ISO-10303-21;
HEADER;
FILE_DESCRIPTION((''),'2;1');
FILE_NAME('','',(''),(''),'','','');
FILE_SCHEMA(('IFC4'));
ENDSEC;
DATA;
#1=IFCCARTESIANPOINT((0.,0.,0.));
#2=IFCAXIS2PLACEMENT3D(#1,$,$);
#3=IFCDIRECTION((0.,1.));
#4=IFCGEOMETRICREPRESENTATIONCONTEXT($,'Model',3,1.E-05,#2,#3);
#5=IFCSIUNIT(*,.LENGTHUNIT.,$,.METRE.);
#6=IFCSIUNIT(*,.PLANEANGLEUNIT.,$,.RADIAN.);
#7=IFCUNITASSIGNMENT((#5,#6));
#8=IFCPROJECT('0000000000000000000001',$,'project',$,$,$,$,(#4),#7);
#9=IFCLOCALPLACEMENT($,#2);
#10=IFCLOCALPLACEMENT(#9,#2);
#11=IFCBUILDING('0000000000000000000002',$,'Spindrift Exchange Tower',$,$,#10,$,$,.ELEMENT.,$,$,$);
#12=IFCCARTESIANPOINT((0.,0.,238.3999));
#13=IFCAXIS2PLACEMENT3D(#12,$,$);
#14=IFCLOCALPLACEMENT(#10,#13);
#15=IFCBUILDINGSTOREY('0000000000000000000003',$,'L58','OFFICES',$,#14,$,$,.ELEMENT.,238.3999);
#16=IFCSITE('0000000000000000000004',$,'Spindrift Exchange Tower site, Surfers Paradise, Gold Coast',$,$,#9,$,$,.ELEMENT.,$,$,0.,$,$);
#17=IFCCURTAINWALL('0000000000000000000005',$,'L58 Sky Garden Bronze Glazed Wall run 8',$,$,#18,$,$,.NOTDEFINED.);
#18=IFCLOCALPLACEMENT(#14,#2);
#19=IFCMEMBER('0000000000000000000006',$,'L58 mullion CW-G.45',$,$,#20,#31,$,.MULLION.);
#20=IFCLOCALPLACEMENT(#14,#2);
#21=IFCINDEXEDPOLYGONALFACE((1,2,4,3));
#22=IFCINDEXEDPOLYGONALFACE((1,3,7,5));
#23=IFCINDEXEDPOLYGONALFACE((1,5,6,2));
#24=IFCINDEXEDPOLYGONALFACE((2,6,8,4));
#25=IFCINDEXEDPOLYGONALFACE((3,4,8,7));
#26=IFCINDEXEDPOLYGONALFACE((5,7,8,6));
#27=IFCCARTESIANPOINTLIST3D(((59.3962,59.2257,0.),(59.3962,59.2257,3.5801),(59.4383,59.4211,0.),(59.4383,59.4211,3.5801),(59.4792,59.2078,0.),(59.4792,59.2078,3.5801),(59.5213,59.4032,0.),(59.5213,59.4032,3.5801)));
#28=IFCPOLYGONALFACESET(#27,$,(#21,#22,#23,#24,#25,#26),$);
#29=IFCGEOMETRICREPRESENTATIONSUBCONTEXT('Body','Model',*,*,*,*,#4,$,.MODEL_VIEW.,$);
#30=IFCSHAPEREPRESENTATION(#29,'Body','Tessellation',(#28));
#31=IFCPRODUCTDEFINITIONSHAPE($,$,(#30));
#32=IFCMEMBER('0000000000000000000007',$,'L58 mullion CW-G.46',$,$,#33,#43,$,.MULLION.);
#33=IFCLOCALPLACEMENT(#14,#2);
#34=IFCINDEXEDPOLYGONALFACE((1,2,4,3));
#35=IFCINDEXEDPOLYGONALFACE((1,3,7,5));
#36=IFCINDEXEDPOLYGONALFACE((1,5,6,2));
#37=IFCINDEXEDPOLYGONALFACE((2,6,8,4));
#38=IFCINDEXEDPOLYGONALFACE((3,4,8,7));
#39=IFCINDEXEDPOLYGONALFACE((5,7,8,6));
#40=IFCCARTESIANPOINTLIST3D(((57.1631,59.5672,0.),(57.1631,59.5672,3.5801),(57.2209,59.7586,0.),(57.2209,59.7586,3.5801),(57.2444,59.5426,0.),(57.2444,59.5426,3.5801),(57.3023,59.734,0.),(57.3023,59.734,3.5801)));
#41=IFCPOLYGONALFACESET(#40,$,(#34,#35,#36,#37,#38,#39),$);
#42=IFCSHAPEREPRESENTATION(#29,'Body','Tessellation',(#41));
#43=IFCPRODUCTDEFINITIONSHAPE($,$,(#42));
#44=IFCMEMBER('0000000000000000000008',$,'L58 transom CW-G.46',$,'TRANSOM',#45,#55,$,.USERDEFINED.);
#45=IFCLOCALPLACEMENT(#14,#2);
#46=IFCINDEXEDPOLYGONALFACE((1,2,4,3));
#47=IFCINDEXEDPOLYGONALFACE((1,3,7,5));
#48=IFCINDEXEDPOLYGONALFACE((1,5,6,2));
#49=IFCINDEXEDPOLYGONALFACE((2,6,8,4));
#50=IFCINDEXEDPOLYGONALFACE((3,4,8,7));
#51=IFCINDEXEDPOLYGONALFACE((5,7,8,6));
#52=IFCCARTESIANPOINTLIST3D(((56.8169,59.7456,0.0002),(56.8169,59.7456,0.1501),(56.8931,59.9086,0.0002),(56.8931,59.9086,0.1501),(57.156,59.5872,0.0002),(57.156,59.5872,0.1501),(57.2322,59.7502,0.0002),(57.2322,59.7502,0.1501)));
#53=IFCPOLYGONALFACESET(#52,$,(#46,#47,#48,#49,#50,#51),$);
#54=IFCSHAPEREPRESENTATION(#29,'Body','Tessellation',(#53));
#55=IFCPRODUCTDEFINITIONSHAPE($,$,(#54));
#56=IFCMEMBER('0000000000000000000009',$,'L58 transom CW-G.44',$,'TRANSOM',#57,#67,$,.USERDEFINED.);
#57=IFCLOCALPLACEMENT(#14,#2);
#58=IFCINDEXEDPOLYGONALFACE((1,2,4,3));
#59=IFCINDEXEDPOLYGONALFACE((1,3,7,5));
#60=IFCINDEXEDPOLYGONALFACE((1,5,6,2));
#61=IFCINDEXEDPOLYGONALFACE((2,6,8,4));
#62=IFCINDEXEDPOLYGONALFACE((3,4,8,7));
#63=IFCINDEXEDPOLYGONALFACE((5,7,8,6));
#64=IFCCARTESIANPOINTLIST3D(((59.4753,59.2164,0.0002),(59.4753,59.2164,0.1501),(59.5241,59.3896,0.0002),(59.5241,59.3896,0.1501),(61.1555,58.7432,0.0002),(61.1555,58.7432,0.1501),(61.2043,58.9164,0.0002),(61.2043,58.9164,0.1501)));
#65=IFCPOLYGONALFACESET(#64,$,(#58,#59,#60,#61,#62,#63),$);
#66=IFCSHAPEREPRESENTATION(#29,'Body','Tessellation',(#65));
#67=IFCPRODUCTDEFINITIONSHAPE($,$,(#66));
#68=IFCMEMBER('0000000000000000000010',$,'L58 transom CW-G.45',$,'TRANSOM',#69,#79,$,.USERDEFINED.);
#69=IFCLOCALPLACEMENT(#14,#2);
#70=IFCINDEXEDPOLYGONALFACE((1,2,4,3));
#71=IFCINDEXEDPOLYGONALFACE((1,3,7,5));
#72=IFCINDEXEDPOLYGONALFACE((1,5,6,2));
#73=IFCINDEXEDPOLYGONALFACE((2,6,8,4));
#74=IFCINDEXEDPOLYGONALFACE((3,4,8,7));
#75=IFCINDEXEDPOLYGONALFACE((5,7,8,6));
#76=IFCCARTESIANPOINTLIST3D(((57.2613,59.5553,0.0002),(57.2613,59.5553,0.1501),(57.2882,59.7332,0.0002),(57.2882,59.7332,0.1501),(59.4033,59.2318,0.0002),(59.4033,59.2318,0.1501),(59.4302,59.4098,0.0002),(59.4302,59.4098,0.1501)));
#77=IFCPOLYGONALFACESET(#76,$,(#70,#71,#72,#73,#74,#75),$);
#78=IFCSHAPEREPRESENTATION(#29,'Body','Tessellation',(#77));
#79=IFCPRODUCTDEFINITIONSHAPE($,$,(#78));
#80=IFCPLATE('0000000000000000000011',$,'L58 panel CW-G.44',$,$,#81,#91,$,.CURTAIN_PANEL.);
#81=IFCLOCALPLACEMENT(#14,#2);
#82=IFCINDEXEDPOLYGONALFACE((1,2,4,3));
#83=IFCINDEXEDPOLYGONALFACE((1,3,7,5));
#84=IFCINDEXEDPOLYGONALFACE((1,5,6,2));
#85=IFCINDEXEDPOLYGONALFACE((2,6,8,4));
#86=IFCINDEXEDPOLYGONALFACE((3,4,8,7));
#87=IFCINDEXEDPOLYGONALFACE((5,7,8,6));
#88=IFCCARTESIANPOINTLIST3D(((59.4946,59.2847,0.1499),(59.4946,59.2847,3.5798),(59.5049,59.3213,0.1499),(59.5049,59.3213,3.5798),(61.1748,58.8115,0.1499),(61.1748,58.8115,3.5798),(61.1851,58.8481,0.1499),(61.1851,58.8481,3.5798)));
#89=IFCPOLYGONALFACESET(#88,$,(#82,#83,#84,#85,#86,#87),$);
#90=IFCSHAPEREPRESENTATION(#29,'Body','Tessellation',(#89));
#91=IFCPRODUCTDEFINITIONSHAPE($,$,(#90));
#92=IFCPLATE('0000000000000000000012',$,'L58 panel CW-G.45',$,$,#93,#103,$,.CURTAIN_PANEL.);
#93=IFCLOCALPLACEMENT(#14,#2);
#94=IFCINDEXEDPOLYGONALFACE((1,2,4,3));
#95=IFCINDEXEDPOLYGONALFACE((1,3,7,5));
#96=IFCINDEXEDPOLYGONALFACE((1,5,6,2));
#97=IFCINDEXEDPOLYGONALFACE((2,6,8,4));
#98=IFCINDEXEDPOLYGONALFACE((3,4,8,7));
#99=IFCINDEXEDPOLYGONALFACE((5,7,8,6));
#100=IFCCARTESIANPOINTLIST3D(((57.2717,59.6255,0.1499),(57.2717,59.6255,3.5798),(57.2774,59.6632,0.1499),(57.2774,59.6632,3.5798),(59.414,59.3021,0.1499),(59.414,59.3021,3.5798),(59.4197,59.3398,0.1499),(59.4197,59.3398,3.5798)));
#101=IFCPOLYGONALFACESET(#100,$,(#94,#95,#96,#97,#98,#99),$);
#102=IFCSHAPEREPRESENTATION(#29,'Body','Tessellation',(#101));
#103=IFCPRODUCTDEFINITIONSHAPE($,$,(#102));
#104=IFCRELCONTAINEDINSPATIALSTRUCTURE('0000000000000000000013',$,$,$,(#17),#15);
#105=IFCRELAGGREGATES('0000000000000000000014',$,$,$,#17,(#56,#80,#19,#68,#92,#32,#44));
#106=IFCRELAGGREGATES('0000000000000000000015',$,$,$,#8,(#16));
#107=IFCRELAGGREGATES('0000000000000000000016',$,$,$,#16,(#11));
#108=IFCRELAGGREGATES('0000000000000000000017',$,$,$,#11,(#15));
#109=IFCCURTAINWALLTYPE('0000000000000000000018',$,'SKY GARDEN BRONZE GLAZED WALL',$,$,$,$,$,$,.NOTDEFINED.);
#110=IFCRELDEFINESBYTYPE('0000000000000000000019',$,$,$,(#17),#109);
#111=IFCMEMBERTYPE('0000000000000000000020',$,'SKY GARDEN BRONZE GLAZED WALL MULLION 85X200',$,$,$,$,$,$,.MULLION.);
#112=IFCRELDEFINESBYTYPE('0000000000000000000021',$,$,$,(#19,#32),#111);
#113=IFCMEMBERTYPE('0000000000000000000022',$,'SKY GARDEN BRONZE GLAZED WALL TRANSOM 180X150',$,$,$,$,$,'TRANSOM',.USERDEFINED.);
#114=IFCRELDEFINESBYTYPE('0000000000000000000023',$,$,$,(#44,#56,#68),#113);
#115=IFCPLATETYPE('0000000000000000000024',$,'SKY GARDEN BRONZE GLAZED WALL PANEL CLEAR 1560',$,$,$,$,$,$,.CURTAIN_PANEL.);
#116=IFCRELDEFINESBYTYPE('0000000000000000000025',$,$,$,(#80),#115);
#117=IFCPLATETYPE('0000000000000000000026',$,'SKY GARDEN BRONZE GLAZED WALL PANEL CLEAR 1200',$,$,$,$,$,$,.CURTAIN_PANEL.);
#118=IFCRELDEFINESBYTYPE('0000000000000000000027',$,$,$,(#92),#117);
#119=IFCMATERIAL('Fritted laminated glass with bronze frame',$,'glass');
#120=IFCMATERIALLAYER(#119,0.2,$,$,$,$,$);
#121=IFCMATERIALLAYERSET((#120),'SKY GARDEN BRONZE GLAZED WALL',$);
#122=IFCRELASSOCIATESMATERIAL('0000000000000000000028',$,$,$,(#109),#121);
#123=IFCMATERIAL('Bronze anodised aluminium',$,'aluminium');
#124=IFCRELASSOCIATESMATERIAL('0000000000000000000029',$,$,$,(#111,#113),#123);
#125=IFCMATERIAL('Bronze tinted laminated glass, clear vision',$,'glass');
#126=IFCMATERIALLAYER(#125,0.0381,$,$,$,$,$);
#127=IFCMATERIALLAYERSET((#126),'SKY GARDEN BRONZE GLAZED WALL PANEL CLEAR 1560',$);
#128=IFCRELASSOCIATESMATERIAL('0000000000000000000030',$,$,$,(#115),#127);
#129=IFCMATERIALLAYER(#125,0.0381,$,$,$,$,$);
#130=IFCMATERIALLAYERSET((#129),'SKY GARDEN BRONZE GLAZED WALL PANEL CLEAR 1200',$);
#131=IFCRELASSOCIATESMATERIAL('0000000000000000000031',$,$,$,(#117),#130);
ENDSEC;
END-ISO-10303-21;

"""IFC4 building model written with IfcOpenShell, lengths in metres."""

from ifc_helpers import new_model, si_unit, direction, frame, origin, origin_2d, place, context, subcontext, project, spatial, rectangle, extrude, source, transform, mapped, material, layer, layer_set, material_profile, profile_set, type_object, element, aggregate, save


model = new_model("IFC4")

# Units and contexts
model_context = context("Model", 3, precision=1e-05, world=origin(), true_north=direction((0.0, 1.0)))
body_context = subcontext(model_context, "Body", "Model", "MODEL_VIEW")
ifc_project = project(units=[si_unit("LENGTHUNIT", "METRE"), si_unit("PLANEANGLEUNIT", "RADIAN")], contexts=[model_context])

# Site, building, storey
site_placement = place(None, origin())
site = spatial("IfcSite", under=ifc_project, at=site_placement, Name="Spindrift Exchange Tower site, Surfers Paradise, Gold Coast", CompositionType="ELEMENT", RefElevation=0.0)
building_placement = place(site_placement, origin())
building = spatial("IfcBuilding", under=site, at=building_placement, Name="Spindrift Exchange Tower", CompositionType="ELEMENT")
storey_placement = place(building_placement, frame((0.0, 0.0, 238.3999)))
storey = spatial("IfcBuildingStorey", under=building, at=storey_placement, Name="L58", Description="OFFICES", CompositionType="ELEMENT", Elevation=238.3999)

# Curtain wall, members, plates
ifc_material_1 = material(Name="Fritted laminated glass with bronze frame", Category="glass")
ifc_layer_1 = layer(ifc_material_1, 0.2)
ifc_layer_set_1 = layer_set([ifc_layer_1], Name="SKY GARDEN BRONZE GLAZED WALL")
curtain_wall_type = type_object("IfcCurtainWallType", Name="SKY GARDEN BRONZE GLAZED WALL", PredefinedType="NOTDEFINED", material=ifc_layer_set_1)
curtain_wall_placement = place(storey_placement, origin())
curtain_wall = element("IfcCurtainWall", 1, at=curtain_wall_placement, inside=storey, type_object=curtain_wall_type, Name="L58 Sky Garden Bronze Glazed Wall run 8", PredefinedType="NOTDEFINED")
ifc_material_2 = material(Name="Bronze anodised aluminium", Category="aluminium")
ifc_material_profile_1 = material_profile(ifc_material_2, rectangle(XDim=0.085, YDim=0.2, at=origin_2d()), Name="SKY GARDEN BRONZE GLAZED WALL MULLION 85X200")
ifc_profile_set_1 = profile_set([ifc_material_profile_1], Name="Bronze anodised aluminium")
member_type_1 = type_object("IfcMemberType", Name="SKY GARDEN BRONZE GLAZED WALL MULLION 85X200", PredefinedType="MULLION", material=ifc_profile_set_1)
shared_shape_1 = source(origin(), body_context, "Body", "SweptSolid", [
    extrude(rectangle(XDim=0.085, YDim=0.2, at=origin_2d()), origin(), (0.0, 0.0, 1.0), 3.5801),
])
member_1_placement = place(storey_placement, frame((59.4587, 59.3145, 0.0), z_axis=(0.0, 0.0, 1.0), x_axis=(-0.977576, 0.210585, 0.0)))
member_1 = element("IfcMember", 2, at=member_1_placement, type_object=member_type_1, Name="L58 mullion CW-G.45", PredefinedType="MULLION", context=body_context, shape_type="MappedRepresentation", body=[
    mapped(shared_shape_1, transform((0.0, 0.0, 0.0), scale=1.0)),
])
member_2_placement = place(storey_placement, frame((57.2327, 59.6506, 0.0), z_axis=(0.0, 0.0, 1.0), x_axis=(-0.957236, 0.289309, 0.0)))
member_2 = element("IfcMember", 3, at=member_2_placement, type_object=member_type_1, Name="L58 mullion CW-G.46", PredefinedType="MULLION", context=body_context, shape_type="MappedRepresentation", body=[
    mapped(shared_shape_1, transform((0.0, 0.0, 0.0), scale=1.0)),
])
ifc_material_profile_2 = material_profile(ifc_material_2, rectangle(XDim=0.1799, YDim=0.1499, at=origin_2d()), Name="SKY GARDEN BRONZE GLAZED WALL TRANSOM 180X150")
ifc_profile_set_2 = profile_set([ifc_material_profile_2], Name="Bronze anodised aluminium")
member_type_2 = type_object("IfcMemberType", Name="SKY GARDEN BRONZE GLAZED WALL TRANSOM 180X150", ElementType="TRANSOM", PredefinedType="USERDEFINED", material=ifc_profile_set_2)
shared_shape_2 = source(origin(), body_context, "Body", "SweptSolid", [
    extrude(rectangle(XDim=0.1799, YDim=0.1499, at=origin_2d()), origin(), (0.0, 0.0, 1.0), 0.3743),
])
member_3_placement = place(storey_placement, frame((57.1941, 59.6687, 0.0752), z_axis=(-0.905983, 0.423314, 0.0), x_axis=(-0.423314, -0.905983, 0.0)))
member_3 = element("IfcMember", 4, at=member_3_placement, type_object=member_type_2, Name="L58 transom CW-G.46", ObjectType="TRANSOM", PredefinedType="USERDEFINED", context=body_context, shape_type="MappedRepresentation", body=[
    mapped(shared_shape_2, transform((0.0, 0.0, 0.0), scale=1.0)),
])
shared_shape_3 = source(origin(), body_context, "Body", "SweptSolid", [
    extrude(rectangle(XDim=0.1799, YDim=0.1499, at=origin_2d()), origin(), (0.0, 0.0, 1.0), 1.7456),
])
member_4_placement = place(storey_placement, frame((61.1799, 58.8298, 0.0752), z_axis=(-0.962562, 0.271061, 0.0), x_axis=(-0.271061, -0.962562, 0.0)))
member_4 = element("IfcMember", 5, at=member_4_placement, type_object=member_type_2, Name="L58 transom CW-G.44", ObjectType="TRANSOM", PredefinedType="USERDEFINED", context=body_context, shape_type="MappedRepresentation", body=[
    mapped(shared_shape_3, transform((0.0, 0.0, 0.0), scale=1.0)),
])
shared_shape_4 = source(origin(), body_context, "Body", "SweptSolid", [
    extrude(rectangle(XDim=0.1799, YDim=0.1499, at=origin_2d()), origin(), (0.0, 0.0, 1.0), 2.1663),
])
member_5_placement = place(storey_placement, frame((59.4167, 59.3208, 0.0752), z_axis=(-0.988789, 0.149321, 0.0), x_axis=(-0.149321, -0.988789, 0.0)))
member_5 = element("IfcMember", 6, at=member_5_placement, type_object=member_type_2, Name="L58 transom CW-G.45", ObjectType="TRANSOM", PredefinedType="USERDEFINED", context=body_context, shape_type="MappedRepresentation", body=[
    mapped(shared_shape_4, transform((0.0, 0.0, 0.0), scale=1.0)),
])
ifc_material_3 = material(Name="Bronze tinted laminated glass, clear vision", Category="glass")
ifc_layer_2 = layer(ifc_material_3, 0.0381)
ifc_layer_set_2 = layer_set([ifc_layer_2], Name="SKY GARDEN BRONZE GLAZED WALL PANEL CLEAR 1560")
plate_type_1 = type_object("IfcPlateType", Name="SKY GARDEN BRONZE GLAZED WALL PANEL CLEAR 1560", PredefinedType="CURTAIN_PANEL", material=ifc_layer_set_2)
shared_shape_5 = source(origin(), body_context, "Body", "SweptSolid", [
    extrude(rectangle(XDim=1.7456, YDim=0.0381, at=origin_2d()), origin(), (0.0, 0.0, 1.0), 3.4299),
])
plate_1_placement = place(storey_placement, frame((60.3398, 59.0664, 0.1499), z_axis=(0.0, 0.0, 1.0), x_axis=(-0.96256, 0.271068, 0.0)))
plate_1 = element("IfcPlate", 7, at=plate_1_placement, type_object=plate_type_1, Name="L58 panel CW-G.44", PredefinedType="CURTAIN_PANEL", context=body_context, shape_type="MappedRepresentation", body=[
    mapped(shared_shape_5, transform((0.0, 0.0, 0.0), scale=1.0)),
])
ifc_layer_3 = layer(ifc_material_3, 0.0381)
ifc_layer_set_3 = layer_set([ifc_layer_3], Name="SKY GARDEN BRONZE GLAZED WALL PANEL CLEAR 1200")
plate_type_2 = type_object("IfcPlateType", Name="SKY GARDEN BRONZE GLAZED WALL PANEL CLEAR 1200", PredefinedType="CURTAIN_PANEL", material=ifc_layer_set_3)
shared_shape_6 = source(origin(), body_context, "Body", "SweptSolid", [
    extrude(rectangle(XDim=2.1665, YDim=0.0381, at=origin_2d()), origin(), (0.0, 0.0, 1.0), 3.4299),
])
plate_2_placement = place(storey_placement, frame((58.3457, 59.4827, 0.1499), z_axis=(0.0, 0.0, 1.0), x_axis=(-0.988794, 0.149283, 0.0)))
plate_2 = element("IfcPlate", 8, at=plate_2_placement, type_object=plate_type_2, Name="L58 panel CW-G.45", PredefinedType="CURTAIN_PANEL", context=body_context, shape_type="MappedRepresentation", body=[
    mapped(shared_shape_6, transform((0.0, 0.0, 0.0), scale=1.0)),
])
aggregate(curtain_wall, [member_4, plate_1, member_1, member_5, plate_2, member_2, member_3])

save(model, "model.ifc")
